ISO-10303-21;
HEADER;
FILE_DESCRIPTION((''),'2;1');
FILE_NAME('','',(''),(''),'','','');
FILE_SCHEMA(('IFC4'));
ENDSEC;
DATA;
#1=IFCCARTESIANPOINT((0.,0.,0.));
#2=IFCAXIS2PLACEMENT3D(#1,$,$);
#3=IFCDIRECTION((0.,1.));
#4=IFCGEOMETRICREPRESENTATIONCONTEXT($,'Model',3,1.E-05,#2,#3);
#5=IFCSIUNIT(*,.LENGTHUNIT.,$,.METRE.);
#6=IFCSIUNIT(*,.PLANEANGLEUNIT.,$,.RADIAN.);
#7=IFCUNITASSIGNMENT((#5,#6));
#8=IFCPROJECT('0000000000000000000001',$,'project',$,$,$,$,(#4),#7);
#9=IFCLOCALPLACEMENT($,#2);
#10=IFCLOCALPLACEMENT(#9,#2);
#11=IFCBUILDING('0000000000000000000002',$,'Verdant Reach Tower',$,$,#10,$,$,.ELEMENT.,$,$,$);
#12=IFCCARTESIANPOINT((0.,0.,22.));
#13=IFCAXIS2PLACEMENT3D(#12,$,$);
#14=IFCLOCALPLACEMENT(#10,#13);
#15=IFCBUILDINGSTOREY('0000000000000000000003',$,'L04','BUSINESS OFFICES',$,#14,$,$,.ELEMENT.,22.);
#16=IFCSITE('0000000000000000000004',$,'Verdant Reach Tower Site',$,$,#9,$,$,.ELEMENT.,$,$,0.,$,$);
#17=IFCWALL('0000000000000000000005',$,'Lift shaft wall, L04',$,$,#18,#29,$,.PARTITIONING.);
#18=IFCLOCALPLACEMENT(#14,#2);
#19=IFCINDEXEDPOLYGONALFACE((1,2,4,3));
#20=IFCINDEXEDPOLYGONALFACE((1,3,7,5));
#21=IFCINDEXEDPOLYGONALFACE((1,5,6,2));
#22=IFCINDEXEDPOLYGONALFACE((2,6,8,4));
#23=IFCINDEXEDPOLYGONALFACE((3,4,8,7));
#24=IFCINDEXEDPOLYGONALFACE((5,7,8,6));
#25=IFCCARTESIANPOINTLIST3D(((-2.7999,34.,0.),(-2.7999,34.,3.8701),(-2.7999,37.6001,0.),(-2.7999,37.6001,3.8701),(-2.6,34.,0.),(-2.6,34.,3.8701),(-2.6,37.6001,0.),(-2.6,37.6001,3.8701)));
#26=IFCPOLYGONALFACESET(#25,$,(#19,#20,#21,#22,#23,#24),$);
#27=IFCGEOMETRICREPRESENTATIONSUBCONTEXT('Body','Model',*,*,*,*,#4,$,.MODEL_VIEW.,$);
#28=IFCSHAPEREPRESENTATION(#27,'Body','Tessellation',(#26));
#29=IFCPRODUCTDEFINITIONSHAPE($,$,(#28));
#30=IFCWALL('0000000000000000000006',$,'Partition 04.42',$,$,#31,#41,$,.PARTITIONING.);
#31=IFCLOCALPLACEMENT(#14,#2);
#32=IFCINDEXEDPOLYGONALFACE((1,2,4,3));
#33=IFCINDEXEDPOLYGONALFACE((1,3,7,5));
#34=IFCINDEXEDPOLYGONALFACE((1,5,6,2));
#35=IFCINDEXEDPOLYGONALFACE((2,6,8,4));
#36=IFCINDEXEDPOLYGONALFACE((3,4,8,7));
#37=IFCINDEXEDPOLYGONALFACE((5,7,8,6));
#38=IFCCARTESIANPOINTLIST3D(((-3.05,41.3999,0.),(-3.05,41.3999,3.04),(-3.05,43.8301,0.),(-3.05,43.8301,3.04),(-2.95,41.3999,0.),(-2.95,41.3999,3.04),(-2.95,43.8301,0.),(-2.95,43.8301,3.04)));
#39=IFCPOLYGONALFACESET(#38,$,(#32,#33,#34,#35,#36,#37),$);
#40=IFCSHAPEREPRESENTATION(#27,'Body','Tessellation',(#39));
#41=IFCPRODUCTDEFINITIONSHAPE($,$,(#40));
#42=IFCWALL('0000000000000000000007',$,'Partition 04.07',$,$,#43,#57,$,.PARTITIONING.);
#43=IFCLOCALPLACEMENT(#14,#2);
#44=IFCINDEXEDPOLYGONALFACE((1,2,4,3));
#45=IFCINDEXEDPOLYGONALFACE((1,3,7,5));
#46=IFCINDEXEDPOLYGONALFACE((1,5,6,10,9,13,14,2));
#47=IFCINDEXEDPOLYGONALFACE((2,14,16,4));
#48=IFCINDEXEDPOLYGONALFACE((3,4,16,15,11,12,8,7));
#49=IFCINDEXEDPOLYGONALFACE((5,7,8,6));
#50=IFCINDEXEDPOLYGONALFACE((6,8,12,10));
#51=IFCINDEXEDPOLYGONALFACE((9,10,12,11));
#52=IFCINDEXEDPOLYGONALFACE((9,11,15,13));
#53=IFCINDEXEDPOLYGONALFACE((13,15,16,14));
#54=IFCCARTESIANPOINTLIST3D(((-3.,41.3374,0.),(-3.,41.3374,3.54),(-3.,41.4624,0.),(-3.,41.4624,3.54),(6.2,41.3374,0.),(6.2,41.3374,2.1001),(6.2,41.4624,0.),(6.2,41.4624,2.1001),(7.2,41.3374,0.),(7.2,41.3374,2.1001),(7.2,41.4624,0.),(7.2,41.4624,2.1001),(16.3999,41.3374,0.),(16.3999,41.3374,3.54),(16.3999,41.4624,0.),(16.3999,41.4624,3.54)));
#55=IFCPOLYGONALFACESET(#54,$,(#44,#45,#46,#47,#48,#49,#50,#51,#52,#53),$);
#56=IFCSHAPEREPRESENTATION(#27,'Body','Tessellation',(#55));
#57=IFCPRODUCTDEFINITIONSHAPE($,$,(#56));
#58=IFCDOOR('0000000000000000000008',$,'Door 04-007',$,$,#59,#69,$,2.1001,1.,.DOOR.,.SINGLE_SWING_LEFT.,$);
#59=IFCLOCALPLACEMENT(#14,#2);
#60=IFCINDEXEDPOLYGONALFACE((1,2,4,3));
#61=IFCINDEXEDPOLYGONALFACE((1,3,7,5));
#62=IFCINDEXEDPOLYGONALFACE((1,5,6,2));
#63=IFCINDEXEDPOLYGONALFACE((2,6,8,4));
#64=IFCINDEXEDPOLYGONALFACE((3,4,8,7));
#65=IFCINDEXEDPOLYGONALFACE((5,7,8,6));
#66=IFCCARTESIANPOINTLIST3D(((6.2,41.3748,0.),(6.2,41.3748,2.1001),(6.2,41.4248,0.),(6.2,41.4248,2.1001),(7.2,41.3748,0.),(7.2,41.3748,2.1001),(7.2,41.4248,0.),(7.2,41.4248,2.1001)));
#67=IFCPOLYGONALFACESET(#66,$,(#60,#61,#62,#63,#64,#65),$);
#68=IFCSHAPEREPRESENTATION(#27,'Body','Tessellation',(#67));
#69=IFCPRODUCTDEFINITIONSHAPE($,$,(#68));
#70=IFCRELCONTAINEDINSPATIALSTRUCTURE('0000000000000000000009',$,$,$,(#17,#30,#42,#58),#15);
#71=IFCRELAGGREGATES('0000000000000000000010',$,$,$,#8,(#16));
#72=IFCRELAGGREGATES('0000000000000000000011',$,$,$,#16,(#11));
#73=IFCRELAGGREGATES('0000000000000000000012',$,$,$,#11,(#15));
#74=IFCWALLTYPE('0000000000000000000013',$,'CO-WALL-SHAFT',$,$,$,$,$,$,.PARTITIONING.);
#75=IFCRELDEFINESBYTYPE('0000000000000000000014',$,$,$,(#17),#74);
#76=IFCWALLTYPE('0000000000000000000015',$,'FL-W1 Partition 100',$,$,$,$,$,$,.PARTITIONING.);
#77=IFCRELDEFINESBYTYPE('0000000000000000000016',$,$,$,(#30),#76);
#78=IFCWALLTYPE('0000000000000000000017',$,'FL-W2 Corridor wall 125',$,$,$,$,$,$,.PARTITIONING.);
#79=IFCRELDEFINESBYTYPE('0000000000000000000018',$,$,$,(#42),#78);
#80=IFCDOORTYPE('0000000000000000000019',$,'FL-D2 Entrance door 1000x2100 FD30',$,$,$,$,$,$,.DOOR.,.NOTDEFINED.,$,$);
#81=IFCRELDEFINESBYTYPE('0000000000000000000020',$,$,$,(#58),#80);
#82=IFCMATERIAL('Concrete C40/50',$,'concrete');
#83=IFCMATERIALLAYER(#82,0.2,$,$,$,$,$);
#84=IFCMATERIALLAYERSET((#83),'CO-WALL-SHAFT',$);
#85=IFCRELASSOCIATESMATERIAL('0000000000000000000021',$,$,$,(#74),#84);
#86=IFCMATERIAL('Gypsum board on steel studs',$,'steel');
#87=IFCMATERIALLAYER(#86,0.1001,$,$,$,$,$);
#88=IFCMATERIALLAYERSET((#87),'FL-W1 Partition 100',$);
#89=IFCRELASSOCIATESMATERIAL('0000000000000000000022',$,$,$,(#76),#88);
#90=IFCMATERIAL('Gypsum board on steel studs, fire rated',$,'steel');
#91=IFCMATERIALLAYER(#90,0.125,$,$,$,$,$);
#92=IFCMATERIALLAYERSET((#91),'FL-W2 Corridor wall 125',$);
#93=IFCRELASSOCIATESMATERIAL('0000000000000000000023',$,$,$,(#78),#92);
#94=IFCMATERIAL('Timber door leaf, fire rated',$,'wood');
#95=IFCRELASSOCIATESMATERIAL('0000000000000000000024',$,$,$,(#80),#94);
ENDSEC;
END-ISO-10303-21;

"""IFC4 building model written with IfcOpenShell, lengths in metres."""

from ifc_helpers import new_model, si_unit, direction, frame, frame_2d, origin, place, context, subcontext, project, spatial, rectangle, extrude, material, layer, layer_set, type_object, element, fill, save


model = new_model("IFC4")

# Units and contexts
model_context = context("Model", 3, precision=1e-05, world=origin(), true_north=direction((0.0, 1.0)))
body_context = subcontext(model_context, "Body", "Model", "MODEL_VIEW")
ifc_project = project(units=[si_unit("LENGTHUNIT", "METRE"), si_unit("PLANEANGLEUNIT", "RADIAN")], contexts=[model_context])

# Site, building, storey
site_placement = place(None, origin())
site = spatial("IfcSite", under=ifc_project, at=site_placement, Name="Verdant Reach Tower Site", CompositionType="ELEMENT", RefElevation=0.0)
building_placement = place(site_placement, origin())
building = spatial("IfcBuilding", under=site, at=building_placement, Name="Verdant Reach Tower", CompositionType="ELEMENT")
storey_placement = place(building_placement, frame((0.0, 0.0, 22.0)))
storey = spatial("IfcBuildingStorey", under=building, at=storey_placement, Name="L04", Description="BUSINESS OFFICES", CompositionType="ELEMENT", Elevation=22.0)

# Shared definitions
ifc_material_1 = material(Name="Concrete C40/50", Category="concrete")
ifc_layer_1 = layer(ifc_material_1, 0.2)
ifc_layer_set_1 = layer_set([ifc_layer_1], Name="CO-WALL-SHAFT")
wall_type_1 = type_object("IfcWallType", Name="CO-WALL-SHAFT", PredefinedType="PARTITIONING", material=ifc_layer_set_1)

# Walls
for number, where, z_axis, x_axis, name in (
    (1, (-2.7, 34.0, 0.0), (0.0, 0.0, 1.0), (0.0, 1.0, 0.0), "Lift shaft wall, L04"),
):
    element("IfcWall", number, at=place(storey_placement, frame(where, z_axis=z_axis, x_axis=x_axis)), inside=storey, type_object=wall_type_1, Name=name, PredefinedType="PARTITIONING", context=body_context, shape_type="SweptSolid", body=[
        extrude(rectangle(XDim=3.6001, YDim=0.2, at=frame_2d((1.8, 0.0))), origin(), (0.0, 0.0, 1.0), 3.8701),
    ])
ifc_material_2 = material(Name="Gypsum board on steel studs", Category="steel")
ifc_layer_2 = layer(ifc_material_2, 0.1001)
ifc_layer_set_2 = layer_set([ifc_layer_2], Name="FL-W1 Partition 100")
wall_type_2 = type_object("IfcWallType", Name="FL-W1 Partition 100", PredefinedType="PARTITIONING", material=ifc_layer_set_2)
wall_1_placement = place(storey_placement, frame((-3.0, 41.3999, 0.0), z_axis=(0.0, 0.0, 1.0), x_axis=(0.0, 1.0, 0.0)))
element("IfcWall", 2, at=wall_1_placement, inside=storey, type_object=wall_type_2, Name="Partition 04.42", PredefinedType="PARTITIONING", context=body_context, shape_type="SweptSolid", body=[
    extrude(rectangle(XDim=2.4302, YDim=0.1001, at=frame_2d((1.2151, 0.0))), origin(), (0.0, 0.0, 1.0), 3.04),
])

# Wall, opening, door
ifc_material_3 = material(Name="Gypsum board on steel studs, fire rated", Category="steel")
ifc_layer_3 = layer(ifc_material_3, 0.125)
ifc_layer_set_3 = layer_set([ifc_layer_3], Name="FL-W2 Corridor wall 125")
wall_type_3 = type_object("IfcWallType", Name="FL-W2 Corridor wall 125", PredefinedType="PARTITIONING", material=ifc_layer_set_3)
wall_2_placement = place(storey_placement, frame((-3.0, 41.3999, 0.0), z_axis=(0.0, 0.0, 1.0), x_axis=(1.0, 0.0, 0.0)))
wall_2 = element("IfcWall", 3, at=wall_2_placement, inside=storey, type_object=wall_type_3, Name="Partition 04.07", PredefinedType="PARTITIONING", context=body_context, shape_type="SweptSolid", body=[
    extrude(rectangle(XDim=19.3999, YDim=0.125, at=frame_2d((9.7, 0.0))), origin(), (0.0, 0.0, 1.0), 3.54),
])
opening_1_placement = place(wall_2_placement, frame((9.2, 0.0, 0.0)))
opening_1 = element("IfcOpeningElement", 4, at=opening_1_placement, cuts=wall_2, PredefinedType="OPENING", context=body_context, shape_type="SweptSolid", body=[
    extrude(rectangle(XDim=1.0, YDim=2.1001, at=frame_2d((0.5, 1.05))), frame((0.0, 0.0725, 0.0), z_axis=(0.0, -1.0, 0.0), x_axis=(1.0, 0.0, 0.0)), (0.0, 0.0, 1.0), 0.145),
])
ifc_material_4 = material(Name="Timber door leaf, fire rated", Category="wood")
door_type_1 = type_object("IfcDoorType", Name="FL-D2 Entrance door 1000x2100 FD30", OperationType="NOTDEFINED", PredefinedType="DOOR", material=ifc_material_4)
door_1_placement = place(opening_1_placement, origin())
door_1 = element("IfcDoor", 5, at=door_1_placement, inside=storey, type_object=door_type_1, Name="Door 04-007", OperationType="SINGLE_SWING_LEFT", OverallHeight=2.1001, OverallWidth=1.0, PredefinedType="DOOR", context=body_context, shape_type="SweptSolid", body=[
    extrude(rectangle(XDim=1.0, YDim=2.1001, at=frame_2d((0.5, 1.05))), frame((0.0, 0.0249, 0.0), z_axis=(0.0, -1.0, 0.0), x_axis=(1.0, 0.0, 0.0)), (0.0, 0.0, 1.0), 0.05),
])
fill(opening_1, door_1)

save(model, "model.ifc")
